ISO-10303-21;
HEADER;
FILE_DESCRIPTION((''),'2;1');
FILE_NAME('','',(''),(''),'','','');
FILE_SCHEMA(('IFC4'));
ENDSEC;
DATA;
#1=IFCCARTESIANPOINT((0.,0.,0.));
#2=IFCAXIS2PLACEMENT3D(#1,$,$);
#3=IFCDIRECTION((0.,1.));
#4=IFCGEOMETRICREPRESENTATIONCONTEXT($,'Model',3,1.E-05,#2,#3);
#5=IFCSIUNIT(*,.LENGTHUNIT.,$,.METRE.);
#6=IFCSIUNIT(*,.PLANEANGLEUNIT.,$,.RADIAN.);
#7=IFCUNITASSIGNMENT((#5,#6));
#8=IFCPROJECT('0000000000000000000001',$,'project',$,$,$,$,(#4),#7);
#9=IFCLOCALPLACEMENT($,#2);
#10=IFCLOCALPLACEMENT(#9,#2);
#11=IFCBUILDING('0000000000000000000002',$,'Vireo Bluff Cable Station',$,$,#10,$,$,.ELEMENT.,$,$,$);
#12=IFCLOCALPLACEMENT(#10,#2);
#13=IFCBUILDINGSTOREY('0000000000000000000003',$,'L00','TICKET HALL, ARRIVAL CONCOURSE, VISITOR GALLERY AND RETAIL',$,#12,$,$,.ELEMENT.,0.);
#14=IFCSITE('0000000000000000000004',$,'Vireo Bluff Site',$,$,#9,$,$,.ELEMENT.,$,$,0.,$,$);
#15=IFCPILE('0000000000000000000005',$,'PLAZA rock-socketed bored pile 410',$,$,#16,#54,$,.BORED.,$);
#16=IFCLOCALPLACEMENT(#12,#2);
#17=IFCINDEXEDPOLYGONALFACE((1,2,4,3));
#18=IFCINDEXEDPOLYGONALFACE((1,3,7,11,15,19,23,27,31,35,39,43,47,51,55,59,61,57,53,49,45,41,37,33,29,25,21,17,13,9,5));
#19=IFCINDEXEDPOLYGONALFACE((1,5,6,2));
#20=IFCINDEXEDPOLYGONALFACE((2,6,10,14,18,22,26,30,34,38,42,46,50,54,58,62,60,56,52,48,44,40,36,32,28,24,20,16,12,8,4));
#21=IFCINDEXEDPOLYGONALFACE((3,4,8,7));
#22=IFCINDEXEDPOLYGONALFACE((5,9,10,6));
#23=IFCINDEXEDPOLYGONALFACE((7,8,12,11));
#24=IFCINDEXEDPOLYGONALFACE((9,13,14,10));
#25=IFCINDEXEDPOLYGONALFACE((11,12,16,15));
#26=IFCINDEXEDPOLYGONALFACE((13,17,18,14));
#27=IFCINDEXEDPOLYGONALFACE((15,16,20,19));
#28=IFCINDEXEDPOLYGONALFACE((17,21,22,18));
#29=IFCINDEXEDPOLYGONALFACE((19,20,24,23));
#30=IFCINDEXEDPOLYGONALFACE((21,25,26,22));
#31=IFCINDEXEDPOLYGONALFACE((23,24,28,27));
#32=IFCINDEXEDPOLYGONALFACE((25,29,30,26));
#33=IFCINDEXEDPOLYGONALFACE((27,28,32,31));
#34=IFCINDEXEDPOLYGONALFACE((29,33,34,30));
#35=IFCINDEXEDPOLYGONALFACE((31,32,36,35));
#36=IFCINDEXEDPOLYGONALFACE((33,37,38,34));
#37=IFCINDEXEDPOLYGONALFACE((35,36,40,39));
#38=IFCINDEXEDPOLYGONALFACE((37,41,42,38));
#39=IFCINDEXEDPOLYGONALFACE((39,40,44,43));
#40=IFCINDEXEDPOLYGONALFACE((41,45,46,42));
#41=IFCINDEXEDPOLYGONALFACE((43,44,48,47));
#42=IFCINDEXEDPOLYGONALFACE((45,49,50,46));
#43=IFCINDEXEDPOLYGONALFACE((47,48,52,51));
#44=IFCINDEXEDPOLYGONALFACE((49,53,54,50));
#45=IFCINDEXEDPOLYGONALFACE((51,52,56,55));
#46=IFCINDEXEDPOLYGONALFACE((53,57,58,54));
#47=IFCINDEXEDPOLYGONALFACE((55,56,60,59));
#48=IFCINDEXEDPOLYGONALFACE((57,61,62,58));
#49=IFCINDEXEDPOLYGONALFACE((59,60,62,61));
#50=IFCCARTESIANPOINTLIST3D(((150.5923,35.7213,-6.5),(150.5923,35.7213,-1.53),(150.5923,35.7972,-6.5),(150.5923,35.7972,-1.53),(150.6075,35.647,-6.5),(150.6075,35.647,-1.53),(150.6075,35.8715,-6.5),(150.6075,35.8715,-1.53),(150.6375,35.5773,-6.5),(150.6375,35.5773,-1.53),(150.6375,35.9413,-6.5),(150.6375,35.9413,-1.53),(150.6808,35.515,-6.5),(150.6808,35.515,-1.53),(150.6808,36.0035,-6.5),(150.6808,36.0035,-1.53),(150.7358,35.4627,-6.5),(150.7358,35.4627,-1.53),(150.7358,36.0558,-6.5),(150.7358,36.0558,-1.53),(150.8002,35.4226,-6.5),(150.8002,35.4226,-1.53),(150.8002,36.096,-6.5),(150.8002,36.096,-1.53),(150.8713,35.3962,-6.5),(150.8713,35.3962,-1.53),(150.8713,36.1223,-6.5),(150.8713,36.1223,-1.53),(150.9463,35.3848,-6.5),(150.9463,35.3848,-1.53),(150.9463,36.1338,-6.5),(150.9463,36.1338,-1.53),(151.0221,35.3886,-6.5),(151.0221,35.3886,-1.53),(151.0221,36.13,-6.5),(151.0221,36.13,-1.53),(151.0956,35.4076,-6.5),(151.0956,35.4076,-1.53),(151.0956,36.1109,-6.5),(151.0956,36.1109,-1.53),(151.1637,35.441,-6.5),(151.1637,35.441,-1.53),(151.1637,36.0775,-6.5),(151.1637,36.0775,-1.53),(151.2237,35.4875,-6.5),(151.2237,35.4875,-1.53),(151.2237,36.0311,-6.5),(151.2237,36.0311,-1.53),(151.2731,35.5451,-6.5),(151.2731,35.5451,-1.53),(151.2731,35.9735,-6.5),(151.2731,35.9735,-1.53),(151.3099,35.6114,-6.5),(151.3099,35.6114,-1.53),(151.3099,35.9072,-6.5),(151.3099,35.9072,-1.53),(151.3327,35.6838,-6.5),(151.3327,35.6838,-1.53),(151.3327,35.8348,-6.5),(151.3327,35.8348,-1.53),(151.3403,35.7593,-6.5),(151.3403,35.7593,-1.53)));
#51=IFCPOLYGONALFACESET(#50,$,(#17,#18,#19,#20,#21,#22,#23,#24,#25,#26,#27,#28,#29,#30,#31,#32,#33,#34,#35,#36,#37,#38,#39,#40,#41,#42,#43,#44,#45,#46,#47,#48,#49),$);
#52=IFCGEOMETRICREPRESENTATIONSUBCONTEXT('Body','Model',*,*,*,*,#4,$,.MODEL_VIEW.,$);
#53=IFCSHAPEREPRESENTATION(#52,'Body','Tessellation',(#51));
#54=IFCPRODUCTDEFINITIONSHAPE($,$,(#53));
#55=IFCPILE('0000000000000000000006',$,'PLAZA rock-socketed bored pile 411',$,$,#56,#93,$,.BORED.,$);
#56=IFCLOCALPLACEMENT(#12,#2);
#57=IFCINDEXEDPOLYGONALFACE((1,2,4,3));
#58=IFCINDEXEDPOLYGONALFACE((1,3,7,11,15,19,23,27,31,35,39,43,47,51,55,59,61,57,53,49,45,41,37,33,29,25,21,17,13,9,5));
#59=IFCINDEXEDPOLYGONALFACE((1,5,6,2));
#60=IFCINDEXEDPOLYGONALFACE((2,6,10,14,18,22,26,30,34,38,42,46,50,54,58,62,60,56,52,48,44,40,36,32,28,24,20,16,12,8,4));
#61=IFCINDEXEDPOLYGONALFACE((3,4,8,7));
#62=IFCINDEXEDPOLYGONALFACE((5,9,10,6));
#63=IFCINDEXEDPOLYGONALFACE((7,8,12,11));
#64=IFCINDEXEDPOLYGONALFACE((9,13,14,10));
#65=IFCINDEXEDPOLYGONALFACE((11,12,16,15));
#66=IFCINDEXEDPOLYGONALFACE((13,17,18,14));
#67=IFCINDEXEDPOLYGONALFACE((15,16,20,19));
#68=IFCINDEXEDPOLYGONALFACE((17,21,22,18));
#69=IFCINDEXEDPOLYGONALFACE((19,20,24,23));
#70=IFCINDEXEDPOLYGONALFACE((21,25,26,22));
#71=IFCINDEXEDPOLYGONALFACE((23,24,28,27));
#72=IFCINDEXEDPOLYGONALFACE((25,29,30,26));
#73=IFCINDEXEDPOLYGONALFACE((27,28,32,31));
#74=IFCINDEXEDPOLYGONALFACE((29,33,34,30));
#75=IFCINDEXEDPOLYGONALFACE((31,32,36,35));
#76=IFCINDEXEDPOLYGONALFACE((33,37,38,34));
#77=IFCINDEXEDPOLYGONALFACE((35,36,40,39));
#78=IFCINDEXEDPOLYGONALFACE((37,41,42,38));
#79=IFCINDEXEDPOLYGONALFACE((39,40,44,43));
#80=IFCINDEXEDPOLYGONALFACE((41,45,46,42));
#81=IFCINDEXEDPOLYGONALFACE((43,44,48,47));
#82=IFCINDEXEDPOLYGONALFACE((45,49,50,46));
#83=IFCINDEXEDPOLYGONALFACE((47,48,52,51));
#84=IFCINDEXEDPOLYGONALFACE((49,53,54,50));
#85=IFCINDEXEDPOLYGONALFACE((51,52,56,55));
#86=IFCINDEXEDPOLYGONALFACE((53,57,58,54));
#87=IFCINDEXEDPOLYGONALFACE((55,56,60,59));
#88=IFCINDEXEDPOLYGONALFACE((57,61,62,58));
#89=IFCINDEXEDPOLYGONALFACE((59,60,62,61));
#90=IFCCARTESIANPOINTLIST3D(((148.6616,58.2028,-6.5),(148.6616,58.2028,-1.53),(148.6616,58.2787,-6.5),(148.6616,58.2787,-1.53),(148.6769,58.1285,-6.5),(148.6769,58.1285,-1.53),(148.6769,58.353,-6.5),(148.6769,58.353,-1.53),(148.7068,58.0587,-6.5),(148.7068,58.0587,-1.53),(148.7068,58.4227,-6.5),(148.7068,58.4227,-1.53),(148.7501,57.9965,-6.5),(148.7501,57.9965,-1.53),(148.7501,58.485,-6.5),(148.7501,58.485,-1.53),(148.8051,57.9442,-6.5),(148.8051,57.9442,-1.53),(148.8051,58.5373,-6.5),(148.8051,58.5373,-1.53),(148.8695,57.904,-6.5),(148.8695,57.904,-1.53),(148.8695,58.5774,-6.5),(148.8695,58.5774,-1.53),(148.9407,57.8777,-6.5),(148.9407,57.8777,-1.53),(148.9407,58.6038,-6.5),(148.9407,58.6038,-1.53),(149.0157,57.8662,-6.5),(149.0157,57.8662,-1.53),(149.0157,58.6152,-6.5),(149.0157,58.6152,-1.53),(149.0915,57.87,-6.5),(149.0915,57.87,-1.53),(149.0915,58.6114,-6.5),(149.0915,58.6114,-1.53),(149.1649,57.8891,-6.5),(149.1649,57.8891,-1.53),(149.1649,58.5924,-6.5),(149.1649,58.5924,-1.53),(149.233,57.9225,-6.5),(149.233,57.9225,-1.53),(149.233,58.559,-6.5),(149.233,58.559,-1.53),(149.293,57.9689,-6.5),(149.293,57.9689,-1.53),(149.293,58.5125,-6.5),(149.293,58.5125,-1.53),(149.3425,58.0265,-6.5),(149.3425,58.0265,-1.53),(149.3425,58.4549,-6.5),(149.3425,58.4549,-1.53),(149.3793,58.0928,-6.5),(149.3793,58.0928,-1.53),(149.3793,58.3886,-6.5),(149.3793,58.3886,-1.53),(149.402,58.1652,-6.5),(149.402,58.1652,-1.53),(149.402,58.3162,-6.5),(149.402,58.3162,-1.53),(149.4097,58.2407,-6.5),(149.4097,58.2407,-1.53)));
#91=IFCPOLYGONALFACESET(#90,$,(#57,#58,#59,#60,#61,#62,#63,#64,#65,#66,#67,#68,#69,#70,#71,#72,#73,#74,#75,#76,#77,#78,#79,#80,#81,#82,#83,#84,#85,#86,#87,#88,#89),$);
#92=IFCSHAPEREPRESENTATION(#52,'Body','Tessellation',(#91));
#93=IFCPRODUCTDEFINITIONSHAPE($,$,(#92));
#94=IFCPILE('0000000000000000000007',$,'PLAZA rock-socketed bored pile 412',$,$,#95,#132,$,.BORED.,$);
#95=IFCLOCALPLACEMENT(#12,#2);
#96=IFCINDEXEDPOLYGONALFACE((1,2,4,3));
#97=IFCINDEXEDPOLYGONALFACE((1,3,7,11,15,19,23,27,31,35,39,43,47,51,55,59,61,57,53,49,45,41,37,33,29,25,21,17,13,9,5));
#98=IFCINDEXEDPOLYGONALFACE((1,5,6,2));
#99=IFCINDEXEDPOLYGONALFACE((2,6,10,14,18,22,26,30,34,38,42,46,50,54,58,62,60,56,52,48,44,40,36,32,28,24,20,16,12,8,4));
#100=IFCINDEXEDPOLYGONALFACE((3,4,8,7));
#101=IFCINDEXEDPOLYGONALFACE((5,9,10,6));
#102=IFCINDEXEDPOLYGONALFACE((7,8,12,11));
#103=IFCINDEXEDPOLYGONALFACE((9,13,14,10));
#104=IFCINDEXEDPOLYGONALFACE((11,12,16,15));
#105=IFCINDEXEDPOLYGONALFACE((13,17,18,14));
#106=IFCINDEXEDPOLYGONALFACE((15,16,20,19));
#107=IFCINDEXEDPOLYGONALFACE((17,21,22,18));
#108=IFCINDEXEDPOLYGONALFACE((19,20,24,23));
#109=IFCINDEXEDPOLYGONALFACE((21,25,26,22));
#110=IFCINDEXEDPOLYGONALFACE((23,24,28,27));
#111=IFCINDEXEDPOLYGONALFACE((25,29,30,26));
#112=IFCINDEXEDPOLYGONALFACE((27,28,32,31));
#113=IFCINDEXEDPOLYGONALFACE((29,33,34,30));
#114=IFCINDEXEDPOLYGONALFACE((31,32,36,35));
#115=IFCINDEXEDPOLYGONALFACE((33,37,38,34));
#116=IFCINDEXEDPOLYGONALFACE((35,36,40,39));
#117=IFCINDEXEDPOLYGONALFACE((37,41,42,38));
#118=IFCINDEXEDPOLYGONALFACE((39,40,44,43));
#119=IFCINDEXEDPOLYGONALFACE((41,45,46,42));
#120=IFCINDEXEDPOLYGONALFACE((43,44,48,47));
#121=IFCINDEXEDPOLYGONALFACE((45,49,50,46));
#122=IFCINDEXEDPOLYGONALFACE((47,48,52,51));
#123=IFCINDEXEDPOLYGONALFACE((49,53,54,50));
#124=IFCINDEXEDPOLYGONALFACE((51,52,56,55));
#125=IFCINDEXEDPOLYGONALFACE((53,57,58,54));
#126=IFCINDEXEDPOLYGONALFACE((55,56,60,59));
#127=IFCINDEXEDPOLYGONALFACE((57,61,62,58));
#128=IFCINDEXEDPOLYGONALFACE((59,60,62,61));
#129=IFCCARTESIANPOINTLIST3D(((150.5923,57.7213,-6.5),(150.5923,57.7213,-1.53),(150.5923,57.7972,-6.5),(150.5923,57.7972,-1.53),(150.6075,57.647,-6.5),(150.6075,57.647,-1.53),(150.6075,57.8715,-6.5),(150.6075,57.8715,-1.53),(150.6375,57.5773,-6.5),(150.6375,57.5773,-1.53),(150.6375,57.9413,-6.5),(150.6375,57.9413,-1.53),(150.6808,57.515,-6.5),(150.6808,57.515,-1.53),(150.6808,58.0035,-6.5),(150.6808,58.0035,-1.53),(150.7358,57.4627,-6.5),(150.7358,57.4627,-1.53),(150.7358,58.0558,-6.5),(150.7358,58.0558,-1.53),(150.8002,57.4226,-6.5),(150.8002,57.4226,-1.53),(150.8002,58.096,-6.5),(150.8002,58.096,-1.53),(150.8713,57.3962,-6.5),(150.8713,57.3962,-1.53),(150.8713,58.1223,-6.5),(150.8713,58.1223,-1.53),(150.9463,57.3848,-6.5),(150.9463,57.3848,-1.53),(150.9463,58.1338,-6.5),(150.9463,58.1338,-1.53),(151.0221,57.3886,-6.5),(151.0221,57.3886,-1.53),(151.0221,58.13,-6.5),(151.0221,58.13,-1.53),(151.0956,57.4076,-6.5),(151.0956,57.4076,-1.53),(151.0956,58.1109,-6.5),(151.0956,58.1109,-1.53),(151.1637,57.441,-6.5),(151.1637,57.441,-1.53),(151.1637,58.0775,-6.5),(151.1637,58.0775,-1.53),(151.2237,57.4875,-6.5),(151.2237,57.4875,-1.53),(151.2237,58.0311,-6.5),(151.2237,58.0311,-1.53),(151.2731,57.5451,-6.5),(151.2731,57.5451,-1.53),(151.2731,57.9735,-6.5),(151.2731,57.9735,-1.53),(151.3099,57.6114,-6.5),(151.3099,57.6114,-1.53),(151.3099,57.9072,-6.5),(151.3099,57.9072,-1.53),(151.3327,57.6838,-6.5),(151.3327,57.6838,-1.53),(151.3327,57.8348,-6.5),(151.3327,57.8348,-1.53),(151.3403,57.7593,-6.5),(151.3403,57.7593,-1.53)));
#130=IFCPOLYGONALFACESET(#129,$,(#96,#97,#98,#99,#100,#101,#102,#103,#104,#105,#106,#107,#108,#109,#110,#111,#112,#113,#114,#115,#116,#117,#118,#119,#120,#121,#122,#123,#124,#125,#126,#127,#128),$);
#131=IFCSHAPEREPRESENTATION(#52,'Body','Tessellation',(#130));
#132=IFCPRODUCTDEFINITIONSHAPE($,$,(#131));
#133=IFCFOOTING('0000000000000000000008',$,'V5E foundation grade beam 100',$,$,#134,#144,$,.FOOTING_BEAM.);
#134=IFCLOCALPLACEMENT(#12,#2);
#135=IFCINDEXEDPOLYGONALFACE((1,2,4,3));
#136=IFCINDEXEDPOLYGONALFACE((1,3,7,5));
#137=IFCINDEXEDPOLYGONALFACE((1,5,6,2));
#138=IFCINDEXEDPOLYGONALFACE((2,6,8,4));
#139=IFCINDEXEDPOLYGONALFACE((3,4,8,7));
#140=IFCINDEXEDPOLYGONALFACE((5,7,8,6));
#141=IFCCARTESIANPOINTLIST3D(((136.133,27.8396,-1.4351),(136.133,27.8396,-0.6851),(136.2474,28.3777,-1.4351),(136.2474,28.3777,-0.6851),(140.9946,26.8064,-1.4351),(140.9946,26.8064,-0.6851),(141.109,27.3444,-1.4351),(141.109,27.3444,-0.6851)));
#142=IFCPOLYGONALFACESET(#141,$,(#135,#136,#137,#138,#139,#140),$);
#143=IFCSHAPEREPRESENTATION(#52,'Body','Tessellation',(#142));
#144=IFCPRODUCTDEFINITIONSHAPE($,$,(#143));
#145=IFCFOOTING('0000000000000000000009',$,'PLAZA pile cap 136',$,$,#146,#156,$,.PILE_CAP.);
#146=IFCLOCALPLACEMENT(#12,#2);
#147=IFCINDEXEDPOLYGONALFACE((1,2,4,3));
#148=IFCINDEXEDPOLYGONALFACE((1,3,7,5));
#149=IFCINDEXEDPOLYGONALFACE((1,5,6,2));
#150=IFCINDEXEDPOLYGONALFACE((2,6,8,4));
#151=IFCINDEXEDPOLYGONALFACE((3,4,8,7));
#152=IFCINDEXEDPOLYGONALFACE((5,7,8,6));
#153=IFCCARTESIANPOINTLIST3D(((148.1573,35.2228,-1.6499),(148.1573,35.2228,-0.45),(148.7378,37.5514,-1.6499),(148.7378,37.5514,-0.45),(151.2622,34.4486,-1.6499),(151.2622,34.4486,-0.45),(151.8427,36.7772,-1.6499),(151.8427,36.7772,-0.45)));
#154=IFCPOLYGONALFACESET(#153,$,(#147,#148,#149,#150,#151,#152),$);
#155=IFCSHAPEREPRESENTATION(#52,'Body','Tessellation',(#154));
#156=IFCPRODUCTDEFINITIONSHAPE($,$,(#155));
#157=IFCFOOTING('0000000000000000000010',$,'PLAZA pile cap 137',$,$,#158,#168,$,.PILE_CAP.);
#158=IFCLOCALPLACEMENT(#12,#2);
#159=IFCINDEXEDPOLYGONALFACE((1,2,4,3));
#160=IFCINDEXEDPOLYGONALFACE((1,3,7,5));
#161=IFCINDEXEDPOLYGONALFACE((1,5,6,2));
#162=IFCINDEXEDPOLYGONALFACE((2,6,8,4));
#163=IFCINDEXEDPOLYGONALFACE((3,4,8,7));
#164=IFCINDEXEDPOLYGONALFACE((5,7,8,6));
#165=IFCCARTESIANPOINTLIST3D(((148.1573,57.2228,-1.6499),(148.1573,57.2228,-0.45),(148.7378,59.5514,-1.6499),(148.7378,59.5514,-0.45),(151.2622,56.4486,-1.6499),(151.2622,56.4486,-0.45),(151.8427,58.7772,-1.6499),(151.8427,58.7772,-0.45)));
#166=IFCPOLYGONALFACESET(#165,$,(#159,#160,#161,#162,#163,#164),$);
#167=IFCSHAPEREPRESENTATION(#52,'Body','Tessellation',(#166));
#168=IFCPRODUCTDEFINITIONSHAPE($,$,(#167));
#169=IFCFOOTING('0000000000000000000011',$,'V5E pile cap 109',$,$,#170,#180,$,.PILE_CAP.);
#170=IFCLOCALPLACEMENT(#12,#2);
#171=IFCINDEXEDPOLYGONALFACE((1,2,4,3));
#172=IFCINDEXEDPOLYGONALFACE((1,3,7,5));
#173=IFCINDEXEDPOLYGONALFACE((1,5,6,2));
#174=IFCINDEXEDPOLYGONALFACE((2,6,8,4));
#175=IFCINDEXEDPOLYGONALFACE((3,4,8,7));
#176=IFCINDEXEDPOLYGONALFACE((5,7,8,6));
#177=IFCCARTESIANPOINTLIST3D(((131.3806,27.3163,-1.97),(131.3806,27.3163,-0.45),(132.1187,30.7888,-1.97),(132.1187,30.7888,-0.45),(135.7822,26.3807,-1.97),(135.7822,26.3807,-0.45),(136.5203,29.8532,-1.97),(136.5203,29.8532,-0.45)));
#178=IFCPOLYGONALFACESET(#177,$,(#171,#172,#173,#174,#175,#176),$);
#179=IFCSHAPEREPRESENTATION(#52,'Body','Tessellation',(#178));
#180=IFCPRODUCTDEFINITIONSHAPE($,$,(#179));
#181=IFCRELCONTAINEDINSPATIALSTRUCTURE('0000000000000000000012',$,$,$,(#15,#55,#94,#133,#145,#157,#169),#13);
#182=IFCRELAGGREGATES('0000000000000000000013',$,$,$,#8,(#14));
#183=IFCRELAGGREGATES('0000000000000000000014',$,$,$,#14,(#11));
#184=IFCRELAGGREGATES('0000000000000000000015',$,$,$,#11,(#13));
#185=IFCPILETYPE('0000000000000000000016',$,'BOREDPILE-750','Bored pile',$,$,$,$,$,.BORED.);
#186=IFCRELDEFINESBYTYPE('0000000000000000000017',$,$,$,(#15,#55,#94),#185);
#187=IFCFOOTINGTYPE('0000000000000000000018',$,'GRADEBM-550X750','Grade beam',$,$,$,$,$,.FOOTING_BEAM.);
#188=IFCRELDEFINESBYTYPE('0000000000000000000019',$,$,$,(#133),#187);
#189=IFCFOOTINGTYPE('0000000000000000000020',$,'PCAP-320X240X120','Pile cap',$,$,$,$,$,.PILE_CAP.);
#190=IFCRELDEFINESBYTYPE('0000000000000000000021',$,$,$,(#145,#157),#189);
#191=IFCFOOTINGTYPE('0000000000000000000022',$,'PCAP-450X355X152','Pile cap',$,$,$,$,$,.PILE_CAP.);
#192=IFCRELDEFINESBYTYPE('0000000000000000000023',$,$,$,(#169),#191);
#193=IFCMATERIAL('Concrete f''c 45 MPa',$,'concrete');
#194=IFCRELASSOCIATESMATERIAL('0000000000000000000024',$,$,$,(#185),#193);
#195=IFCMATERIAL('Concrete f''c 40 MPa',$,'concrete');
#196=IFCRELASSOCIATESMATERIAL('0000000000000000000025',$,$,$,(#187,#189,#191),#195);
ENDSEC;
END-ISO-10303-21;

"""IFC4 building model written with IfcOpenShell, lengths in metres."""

from ifc_helpers import new_model, si_unit, direction, frame, origin, origin_2d, place, context, subcontext, project, spatial, rectangle, circle, extrude, material, material_profile, profile_set, type_object, element, save


model = new_model("IFC4")

# Units and contexts
model_context = context("Model", 3, precision=1e-05, world=origin(), true_north=direction((0.0, 1.0)))
body_context = subcontext(model_context, "Body", "Model", "MODEL_VIEW")
ifc_project = project(units=[si_unit("LENGTHUNIT", "METRE"), si_unit("PLANEANGLEUNIT", "RADIAN")], contexts=[model_context])

# Site, building, storey
site_placement = place(None, origin())
site = spatial("IfcSite", under=ifc_project, at=site_placement, Name="Vireo Bluff Site", CompositionType="ELEMENT", RefElevation=0.0)
building_placement = place(site_placement, origin())
building = spatial("IfcBuilding", under=site, at=building_placement, Name="Vireo Bluff Cable Station", CompositionType="ELEMENT")
storey_placement = place(building_placement, origin())
storey = spatial("IfcBuildingStorey", under=building, at=storey_placement, Name="L00", Description="TICKET HALL, ARRIVAL CONCOURSE, VISITOR GALLERY AND RETAIL", CompositionType="ELEMENT", Elevation=0.0)

# Piles
ifc_material_1 = material(Name="Concrete f'c 45 MPa", Category="concrete")
ifc_material_profile_1 = material_profile(ifc_material_1, circle(Radius=0.375, at=origin_2d()), Name="BOREDPILE-750")
ifc_profile_set_1 = profile_set([ifc_material_profile_1], Name="Concrete f'c 45 MPa")
pile_type = type_object("IfcPileType", Name="BOREDPILE-750", Description="Bored pile", PredefinedType="BORED", material=ifc_profile_set_1)
for number, where, z_axis, x_axis, name in (
    (1, (150.9653, 35.7593, -1.53), (0.0, 0.0, -1.0), (1.0, 0.0, 0.0), "PLAZA rock-socketed bored pile 410"),
    (2, (149.0347, 58.2407, -1.53), (0.0, 0.0, -1.0), (1.0, 0.0, 0.0), "PLAZA rock-socketed bored pile 411"),
    (3, (150.9653, 57.7593, -1.53), (0.0, 0.0, -1.0), (1.0, 0.0, 0.0), "PLAZA rock-socketed bored pile 412"),
):
    element("IfcPile", number, at=place(storey_placement, frame(where, z_axis=z_axis, x_axis=x_axis)), inside=storey, type_object=pile_type, Name=name, PredefinedType="BORED", context=body_context, shape_type="SweptSolid", body=[
        extrude(circle(Radius=0.375, at=origin_2d()), origin(), (0.0, 0.0, 1.0), 4.97),
    ])

# Footings
ifc_material_2 = material(Name="Concrete f'c 40 MPa", Category="concrete")
ifc_material_profile_2 = material_profile(ifc_material_2, rectangle(XDim=0.55, YDim=0.75, at=origin_2d()), Name="GRADEBM-550X750")
ifc_profile_set_2 = profile_set([ifc_material_profile_2], Name="Concrete f'c 40 MPa")
footing_type_1 = type_object("IfcFootingType", Name="GRADEBM-550X750", Description="Grade beam", PredefinedType="FOOTING_BEAM", material=ifc_profile_set_2)
footing_1_placement = place(storey_placement, frame((136.1902, 28.1086, -1.0601), z_axis=(0.978154, -0.207882, 0.0), x_axis=(0.207882, 0.978154, 0.0)))
element("IfcFooting", 4, at=footing_1_placement, inside=storey, type_object=footing_type_1, Name="V5E foundation grade beam 100", PredefinedType="FOOTING_BEAM", context=body_context, shape_type="SweptSolid", body=[
    extrude(rectangle(XDim=0.55, YDim=0.75, at=origin_2d()), origin(), (0.0, 0.0, 1.0), 4.9702),
])
footing_type_2 = type_object("IfcFootingType", Name="PCAP-320X240X120", Description="Pile cap", PredefinedType="PILE_CAP", material=ifc_material_2)
for number, where, z_axis, x_axis, name in (
    (5, (150.0, 36.0, -1.6499), (0.0, 0.0, 1.0), (0.970296, -0.241922, 0.0), "PLAZA pile cap 136"),
    (6, (150.0, 58.0, -1.6499), (0.0, 0.0, 1.0), (0.970296, -0.241922, 0.0), "PLAZA pile cap 137"),
):
    element("IfcFooting", number, at=place(storey_placement, frame(where, z_axis=z_axis, x_axis=x_axis)), inside=storey, type_object=footing_type_2, Name=name, PredefinedType="PILE_CAP", context=body_context, shape_type="SweptSolid", body=[
        extrude(rectangle(XDim=3.2, YDim=2.3999, at=origin_2d()), origin(), (0.0, 0.0, 1.0), 1.2),
    ])
footing_type_3 = type_object("IfcFootingType", Name="PCAP-450X355X152", Description="Pile cap", PredefinedType="PILE_CAP", material=ifc_material_2)
footing_2_placement = place(storey_placement, frame((133.9504, 28.5847, -1.97), z_axis=(0.0, 0.0, 1.0), x_axis=(0.978148, -0.207912, 0.0)))
element("IfcFooting", 7, at=footing_2_placement, inside=storey, type_object=footing_type_3, Name="V5E pile cap 109", PredefinedType="PILE_CAP", context=body_context, shape_type="SweptSolid", body=[
    extrude(rectangle(XDim=4.5, YDim=3.55, at=origin_2d()), origin(), (0.0, 0.0, 1.0), 1.52),
])

save(model, "model.ifc")
